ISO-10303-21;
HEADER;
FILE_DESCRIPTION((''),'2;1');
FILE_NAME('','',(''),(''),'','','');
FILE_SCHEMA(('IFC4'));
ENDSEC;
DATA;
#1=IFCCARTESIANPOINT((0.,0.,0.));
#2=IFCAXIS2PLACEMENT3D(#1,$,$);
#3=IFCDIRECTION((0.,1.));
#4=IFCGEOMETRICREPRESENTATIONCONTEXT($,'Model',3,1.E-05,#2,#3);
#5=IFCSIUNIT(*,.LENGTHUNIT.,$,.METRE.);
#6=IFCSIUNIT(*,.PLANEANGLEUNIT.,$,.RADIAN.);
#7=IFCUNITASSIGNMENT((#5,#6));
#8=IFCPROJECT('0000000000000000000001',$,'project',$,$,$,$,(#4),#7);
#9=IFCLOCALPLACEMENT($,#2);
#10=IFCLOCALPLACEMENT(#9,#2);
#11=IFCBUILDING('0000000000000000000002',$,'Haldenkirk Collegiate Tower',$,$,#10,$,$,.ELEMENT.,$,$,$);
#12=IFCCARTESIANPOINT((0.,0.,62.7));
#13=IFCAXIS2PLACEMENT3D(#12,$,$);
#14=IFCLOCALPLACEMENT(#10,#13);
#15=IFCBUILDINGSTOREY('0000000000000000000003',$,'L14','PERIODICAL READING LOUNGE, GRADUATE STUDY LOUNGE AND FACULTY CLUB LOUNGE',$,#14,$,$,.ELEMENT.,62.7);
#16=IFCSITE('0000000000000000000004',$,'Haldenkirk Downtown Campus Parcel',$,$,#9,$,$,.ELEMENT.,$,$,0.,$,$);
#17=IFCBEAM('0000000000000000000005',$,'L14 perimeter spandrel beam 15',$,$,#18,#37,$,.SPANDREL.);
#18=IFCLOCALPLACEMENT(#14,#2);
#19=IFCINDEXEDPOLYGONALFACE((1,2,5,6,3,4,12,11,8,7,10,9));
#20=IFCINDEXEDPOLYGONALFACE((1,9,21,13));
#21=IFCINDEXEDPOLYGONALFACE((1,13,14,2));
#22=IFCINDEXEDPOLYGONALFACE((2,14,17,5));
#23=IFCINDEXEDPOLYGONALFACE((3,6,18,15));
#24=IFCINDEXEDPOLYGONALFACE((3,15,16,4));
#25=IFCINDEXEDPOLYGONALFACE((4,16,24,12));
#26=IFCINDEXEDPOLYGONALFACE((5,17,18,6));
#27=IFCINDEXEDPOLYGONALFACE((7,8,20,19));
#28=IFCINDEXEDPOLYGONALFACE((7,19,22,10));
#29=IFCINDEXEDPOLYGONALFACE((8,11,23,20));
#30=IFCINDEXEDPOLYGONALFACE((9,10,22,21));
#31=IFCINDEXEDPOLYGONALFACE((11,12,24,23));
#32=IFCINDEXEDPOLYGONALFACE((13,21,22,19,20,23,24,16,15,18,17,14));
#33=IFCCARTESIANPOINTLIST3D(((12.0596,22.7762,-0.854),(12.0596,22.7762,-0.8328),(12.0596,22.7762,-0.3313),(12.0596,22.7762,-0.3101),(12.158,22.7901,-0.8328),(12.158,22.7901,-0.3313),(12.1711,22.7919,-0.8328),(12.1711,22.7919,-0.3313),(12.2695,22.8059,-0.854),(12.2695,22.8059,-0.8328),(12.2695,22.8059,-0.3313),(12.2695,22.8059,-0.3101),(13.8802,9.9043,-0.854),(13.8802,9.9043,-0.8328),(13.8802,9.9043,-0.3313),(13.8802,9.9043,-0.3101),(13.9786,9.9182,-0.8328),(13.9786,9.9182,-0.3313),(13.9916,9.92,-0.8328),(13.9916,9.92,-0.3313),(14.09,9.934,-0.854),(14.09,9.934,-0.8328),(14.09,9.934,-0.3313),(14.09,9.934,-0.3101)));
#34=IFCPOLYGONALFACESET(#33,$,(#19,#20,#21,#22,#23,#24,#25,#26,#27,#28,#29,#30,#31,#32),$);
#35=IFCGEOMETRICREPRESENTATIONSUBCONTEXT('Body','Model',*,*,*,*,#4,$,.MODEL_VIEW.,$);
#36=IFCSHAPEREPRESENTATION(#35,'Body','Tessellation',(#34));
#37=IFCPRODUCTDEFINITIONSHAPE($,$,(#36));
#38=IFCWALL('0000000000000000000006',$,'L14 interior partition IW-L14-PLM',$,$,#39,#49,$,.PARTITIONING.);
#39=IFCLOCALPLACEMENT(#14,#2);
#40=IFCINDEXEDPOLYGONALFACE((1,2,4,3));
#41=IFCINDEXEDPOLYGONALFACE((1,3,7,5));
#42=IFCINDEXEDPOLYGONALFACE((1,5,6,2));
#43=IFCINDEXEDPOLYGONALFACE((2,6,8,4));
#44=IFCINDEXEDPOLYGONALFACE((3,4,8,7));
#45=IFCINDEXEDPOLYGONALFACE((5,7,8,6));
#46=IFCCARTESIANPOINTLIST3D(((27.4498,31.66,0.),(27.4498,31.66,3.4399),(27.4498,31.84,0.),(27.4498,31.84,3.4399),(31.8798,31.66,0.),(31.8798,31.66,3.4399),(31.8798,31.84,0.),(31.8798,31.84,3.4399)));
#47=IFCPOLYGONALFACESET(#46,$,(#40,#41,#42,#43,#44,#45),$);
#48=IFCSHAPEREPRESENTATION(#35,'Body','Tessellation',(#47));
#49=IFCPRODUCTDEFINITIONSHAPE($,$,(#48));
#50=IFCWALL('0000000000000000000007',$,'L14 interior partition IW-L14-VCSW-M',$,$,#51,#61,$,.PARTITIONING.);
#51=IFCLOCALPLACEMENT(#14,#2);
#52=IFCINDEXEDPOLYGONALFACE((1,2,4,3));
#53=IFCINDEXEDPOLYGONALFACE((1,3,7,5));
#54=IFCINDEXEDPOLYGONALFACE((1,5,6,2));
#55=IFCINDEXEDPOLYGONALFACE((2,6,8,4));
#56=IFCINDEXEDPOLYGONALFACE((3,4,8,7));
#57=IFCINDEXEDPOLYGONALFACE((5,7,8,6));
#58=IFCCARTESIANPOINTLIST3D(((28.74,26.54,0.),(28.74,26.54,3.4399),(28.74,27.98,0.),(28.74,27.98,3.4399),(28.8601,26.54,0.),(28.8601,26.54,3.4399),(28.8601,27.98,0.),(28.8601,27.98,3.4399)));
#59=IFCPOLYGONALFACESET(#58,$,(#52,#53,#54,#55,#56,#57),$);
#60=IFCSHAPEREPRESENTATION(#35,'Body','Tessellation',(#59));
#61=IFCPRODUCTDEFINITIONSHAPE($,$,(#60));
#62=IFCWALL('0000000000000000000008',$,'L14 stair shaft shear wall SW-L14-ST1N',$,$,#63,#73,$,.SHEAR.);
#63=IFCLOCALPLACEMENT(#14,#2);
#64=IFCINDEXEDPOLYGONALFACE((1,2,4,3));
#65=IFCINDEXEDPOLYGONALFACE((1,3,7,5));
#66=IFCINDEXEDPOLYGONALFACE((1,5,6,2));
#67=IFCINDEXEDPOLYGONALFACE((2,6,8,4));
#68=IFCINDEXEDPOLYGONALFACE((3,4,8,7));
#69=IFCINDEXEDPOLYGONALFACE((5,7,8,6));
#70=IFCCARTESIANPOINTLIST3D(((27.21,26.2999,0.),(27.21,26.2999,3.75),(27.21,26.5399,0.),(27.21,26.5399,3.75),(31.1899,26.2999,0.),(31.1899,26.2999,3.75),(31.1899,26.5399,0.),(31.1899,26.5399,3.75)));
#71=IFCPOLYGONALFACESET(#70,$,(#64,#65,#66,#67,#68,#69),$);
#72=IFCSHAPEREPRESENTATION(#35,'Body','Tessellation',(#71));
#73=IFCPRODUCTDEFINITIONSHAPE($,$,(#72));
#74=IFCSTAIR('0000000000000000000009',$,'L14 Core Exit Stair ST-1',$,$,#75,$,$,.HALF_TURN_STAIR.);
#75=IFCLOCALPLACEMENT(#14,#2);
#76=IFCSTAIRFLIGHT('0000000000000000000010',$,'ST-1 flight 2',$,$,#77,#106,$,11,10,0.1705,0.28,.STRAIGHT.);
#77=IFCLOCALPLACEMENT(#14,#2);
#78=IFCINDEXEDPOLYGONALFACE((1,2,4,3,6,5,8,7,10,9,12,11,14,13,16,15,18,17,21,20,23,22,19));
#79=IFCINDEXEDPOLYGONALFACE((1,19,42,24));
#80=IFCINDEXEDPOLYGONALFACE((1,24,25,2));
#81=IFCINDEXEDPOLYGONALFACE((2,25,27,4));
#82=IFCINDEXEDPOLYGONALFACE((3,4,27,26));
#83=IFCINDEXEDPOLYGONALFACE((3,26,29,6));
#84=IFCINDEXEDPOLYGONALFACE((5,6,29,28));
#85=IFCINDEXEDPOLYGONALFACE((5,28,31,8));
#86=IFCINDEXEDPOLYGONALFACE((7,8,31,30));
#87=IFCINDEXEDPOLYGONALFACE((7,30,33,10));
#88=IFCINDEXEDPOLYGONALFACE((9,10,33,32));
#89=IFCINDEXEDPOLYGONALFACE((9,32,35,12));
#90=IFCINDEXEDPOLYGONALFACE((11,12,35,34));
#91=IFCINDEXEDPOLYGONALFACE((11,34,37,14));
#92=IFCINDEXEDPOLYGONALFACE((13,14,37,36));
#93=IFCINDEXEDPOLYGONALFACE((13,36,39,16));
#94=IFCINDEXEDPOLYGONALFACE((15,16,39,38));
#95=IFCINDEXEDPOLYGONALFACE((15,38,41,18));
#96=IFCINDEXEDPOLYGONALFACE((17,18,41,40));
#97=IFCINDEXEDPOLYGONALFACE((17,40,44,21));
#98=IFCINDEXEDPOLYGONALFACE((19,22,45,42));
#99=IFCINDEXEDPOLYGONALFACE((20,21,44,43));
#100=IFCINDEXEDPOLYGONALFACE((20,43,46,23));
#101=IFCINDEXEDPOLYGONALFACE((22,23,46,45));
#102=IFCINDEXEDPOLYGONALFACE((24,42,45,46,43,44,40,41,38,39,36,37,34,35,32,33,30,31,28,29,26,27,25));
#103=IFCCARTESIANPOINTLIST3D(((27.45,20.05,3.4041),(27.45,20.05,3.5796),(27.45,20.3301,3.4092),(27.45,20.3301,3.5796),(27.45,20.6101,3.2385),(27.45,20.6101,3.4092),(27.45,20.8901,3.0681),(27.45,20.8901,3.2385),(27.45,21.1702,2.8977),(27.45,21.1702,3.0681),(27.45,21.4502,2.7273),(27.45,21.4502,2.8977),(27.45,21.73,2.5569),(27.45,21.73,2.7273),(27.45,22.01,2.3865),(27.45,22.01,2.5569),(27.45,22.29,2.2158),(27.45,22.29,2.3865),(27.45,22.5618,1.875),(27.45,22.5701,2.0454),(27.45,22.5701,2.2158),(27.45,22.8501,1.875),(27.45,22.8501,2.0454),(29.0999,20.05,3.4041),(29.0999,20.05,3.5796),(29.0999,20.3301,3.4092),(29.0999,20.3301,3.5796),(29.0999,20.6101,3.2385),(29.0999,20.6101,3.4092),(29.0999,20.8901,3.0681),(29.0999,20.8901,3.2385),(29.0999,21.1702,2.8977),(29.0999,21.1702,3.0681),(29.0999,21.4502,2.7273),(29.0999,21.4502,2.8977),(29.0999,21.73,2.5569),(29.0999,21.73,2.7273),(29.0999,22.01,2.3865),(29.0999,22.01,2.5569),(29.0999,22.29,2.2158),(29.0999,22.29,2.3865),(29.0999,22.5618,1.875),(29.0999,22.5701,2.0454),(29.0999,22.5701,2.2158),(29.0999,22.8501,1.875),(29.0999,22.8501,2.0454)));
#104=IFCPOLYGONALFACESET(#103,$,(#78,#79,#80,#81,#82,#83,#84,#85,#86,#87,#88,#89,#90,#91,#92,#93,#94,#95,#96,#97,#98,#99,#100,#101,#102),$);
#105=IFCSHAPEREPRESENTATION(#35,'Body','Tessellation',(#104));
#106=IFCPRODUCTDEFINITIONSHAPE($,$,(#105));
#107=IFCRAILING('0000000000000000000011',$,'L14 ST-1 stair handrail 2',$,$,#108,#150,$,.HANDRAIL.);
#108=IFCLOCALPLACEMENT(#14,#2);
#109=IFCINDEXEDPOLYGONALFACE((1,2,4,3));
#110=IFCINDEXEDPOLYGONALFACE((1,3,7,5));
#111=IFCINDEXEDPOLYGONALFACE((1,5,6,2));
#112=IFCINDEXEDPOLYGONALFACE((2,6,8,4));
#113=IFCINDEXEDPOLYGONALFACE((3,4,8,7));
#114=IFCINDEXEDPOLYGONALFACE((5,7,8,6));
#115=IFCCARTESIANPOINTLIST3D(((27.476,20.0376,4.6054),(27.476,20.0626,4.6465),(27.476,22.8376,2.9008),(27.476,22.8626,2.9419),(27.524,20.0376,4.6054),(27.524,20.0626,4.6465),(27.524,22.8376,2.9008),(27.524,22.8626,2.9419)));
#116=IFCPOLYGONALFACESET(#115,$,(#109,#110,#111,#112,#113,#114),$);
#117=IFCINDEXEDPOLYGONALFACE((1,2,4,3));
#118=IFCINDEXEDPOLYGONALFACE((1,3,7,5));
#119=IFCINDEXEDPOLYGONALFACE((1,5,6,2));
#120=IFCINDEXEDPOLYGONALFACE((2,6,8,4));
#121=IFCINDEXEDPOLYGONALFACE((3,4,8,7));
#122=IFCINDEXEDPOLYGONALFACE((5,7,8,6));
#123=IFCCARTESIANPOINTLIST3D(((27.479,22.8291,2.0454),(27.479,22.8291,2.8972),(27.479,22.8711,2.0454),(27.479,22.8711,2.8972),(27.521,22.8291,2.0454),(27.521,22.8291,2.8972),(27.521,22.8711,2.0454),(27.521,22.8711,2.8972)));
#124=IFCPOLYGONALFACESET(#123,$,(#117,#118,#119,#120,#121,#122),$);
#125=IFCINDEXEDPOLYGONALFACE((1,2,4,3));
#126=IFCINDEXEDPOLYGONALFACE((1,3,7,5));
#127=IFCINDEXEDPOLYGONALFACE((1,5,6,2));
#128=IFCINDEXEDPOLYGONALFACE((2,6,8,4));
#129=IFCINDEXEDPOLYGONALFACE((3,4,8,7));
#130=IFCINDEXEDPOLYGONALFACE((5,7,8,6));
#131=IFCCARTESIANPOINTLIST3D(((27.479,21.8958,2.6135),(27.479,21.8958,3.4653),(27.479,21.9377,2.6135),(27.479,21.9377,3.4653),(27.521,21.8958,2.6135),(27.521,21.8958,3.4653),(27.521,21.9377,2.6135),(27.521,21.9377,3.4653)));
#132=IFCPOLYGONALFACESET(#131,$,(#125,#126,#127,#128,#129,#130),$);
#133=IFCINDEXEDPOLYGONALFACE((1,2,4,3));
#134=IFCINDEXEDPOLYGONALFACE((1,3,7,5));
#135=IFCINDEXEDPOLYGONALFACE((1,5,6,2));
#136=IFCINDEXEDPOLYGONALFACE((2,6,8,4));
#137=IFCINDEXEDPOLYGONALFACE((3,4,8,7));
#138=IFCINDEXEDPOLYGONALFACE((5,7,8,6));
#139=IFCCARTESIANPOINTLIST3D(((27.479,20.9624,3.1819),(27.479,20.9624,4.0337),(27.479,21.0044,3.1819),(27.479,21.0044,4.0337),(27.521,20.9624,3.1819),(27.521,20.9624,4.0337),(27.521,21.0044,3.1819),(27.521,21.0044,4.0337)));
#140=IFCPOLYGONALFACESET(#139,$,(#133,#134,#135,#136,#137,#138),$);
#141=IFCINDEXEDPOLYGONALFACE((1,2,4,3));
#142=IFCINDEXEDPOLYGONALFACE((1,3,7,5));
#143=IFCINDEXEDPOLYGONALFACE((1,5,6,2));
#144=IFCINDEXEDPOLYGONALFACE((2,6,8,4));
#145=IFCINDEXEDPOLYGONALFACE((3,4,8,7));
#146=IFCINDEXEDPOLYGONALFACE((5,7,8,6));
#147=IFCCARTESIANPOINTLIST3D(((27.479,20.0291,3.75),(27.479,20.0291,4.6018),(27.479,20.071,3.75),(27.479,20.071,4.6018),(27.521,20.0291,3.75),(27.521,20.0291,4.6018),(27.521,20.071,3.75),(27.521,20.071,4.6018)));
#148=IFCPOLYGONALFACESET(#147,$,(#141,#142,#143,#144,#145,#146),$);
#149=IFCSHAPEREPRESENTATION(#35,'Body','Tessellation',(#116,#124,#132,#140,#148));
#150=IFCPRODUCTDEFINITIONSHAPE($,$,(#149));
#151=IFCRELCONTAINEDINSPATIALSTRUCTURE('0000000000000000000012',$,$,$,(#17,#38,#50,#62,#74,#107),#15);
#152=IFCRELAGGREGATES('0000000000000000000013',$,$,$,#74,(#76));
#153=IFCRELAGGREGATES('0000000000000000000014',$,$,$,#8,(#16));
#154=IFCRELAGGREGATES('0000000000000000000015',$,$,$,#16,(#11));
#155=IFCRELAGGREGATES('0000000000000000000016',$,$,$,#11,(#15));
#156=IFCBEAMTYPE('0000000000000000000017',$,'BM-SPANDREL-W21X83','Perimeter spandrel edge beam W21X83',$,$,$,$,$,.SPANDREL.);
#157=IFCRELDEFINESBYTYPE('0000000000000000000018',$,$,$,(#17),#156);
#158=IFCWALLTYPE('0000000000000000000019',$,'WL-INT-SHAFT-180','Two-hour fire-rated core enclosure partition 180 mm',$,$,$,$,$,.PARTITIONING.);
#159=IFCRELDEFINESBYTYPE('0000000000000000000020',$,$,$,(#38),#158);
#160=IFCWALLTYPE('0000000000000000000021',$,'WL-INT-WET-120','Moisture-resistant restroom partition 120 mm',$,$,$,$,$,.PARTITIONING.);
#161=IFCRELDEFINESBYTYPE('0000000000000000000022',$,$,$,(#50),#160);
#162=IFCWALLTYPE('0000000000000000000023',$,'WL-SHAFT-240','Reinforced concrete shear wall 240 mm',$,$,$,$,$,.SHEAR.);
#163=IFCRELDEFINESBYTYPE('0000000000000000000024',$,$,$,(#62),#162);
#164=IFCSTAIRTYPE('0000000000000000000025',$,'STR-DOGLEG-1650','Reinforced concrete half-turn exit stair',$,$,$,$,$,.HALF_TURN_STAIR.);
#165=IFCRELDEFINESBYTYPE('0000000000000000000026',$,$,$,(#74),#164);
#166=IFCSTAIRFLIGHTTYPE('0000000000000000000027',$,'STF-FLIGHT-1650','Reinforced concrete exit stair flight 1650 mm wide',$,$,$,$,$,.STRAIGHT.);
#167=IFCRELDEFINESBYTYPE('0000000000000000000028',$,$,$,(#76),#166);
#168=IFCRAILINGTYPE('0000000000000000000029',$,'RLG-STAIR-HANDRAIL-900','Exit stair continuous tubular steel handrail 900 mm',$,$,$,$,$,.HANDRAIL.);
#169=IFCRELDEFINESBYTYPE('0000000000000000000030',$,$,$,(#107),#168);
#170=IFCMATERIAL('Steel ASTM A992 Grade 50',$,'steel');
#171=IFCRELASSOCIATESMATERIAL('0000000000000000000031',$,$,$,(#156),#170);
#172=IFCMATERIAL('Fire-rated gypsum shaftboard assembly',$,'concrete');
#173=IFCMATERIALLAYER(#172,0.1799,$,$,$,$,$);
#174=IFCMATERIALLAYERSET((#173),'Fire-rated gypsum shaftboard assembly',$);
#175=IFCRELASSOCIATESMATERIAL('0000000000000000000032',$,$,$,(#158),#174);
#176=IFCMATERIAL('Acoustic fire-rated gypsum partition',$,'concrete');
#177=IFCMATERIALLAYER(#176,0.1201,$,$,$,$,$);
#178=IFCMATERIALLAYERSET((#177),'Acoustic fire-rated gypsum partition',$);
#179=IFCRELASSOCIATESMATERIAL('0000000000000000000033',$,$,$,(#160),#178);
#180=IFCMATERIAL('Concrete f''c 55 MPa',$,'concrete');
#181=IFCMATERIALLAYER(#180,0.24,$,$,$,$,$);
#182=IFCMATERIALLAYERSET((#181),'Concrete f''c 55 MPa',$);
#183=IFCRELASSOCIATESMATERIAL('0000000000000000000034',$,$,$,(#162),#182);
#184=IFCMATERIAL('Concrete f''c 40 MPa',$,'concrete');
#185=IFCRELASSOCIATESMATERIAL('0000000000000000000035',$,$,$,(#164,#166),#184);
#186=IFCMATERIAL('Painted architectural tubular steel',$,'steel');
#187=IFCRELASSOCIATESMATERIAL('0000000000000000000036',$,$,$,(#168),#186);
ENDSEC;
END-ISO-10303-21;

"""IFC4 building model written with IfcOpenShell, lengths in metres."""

from ifc_helpers import new_model, si_unit, direction, frame, frame_2d, origin, origin_2d, place, context, subcontext, project, spatial, polyline, rectangle, i_section, outline, extrude, material, layer, layer_set, material_profile, profile_set, type_object, element, aggregate, save


model = new_model("IFC4")

# Units and contexts
model_context = context("Model", 3, precision=1e-05, world=origin(), true_north=direction((0.0, 1.0)))
body_context = subcontext(model_context, "Body", "Model", "MODEL_VIEW")
ifc_project = project(units=[si_unit("LENGTHUNIT", "METRE"), si_unit("PLANEANGLEUNIT", "RADIAN")], contexts=[model_context])

# Site, building, storey
site_placement = place(None, origin())
site = spatial("IfcSite", under=ifc_project, at=site_placement, Name="Haldenkirk Downtown Campus Parcel", CompositionType="ELEMENT", RefElevation=0.0)
building_placement = place(site_placement, origin())
building = spatial("IfcBuilding", under=site, at=building_placement, Name="Haldenkirk Collegiate Tower", CompositionType="ELEMENT")
storey_placement = place(building_placement, frame((0.0, 0.0, 62.7)))
storey = spatial("IfcBuildingStorey", under=building, at=storey_placement, Name="L14", Description="PERIODICAL READING LOUNGE, GRADUATE STUDY LOUNGE AND FACULTY CLUB LOUNGE", CompositionType="ELEMENT", Elevation=62.7)

# Beam
ifc_material_1 = material(Name="Steel ASTM A992 Grade 50", Category="steel")
ifc_material_profile = material_profile(ifc_material_1, i_section(OverallWidth=0.2119, OverallDepth=0.5439, WebThickness=0.0132, FlangeThickness=0.0212, at=origin_2d()), Name="W21X83")
ifc_profile_set = profile_set([ifc_material_profile], Name="Steel ASTM A992 Grade 50")
beam_type = type_object("IfcBeamType", Name="BM-SPANDREL-W21X83", Description="Perimeter spandrel edge beam W21X83", PredefinedType="SPANDREL", material=ifc_profile_set)
beam_placement = place(storey_placement, frame((12.1646, 22.791, -0.582), z_axis=(0.140044, -0.990145, 0.0), x_axis=(0.990145, 0.140044, 0.0)))
element("IfcBeam", 1, at=beam_placement, inside=storey, type_object=beam_type, Name="L14 perimeter spandrel beam 15", PredefinedType="SPANDREL", context=body_context, shape_type="SweptSolid", body=[
    extrude(i_section(OverallWidth=0.2119, OverallDepth=0.5439, WebThickness=0.0132, FlangeThickness=0.0212, at=origin_2d()), origin(), (0.0, 0.0, 1.0), 13.0),
])

# Shared definitions
ifc_material_2 = material(Name="Acoustic fire-rated gypsum partition", Category="concrete")
ifc_material_3 = material(Name="Fire-rated gypsum shaftboard assembly", Category="concrete")
ifc_layer_1 = layer(ifc_material_3, 0.1799)
ifc_layer_set_1 = layer_set([ifc_layer_1], Name="Fire-rated gypsum shaftboard assembly")
wall_type_1 = type_object("IfcWallType", Name="WL-INT-SHAFT-180", Description="Two-hour fire-rated core enclosure partition 180 mm", PredefinedType="PARTITIONING", material=ifc_layer_set_1)

# Walls
wall_1_placement = place(storey_placement, frame((27.45, 31.75, 0.0), z_axis=(0.0, 0.0, 1.0), x_axis=(1.0, 0.0, 0.0)))
element("IfcWall", 2, at=wall_1_placement, inside=storey, type_object=wall_type_1, Name="L14 interior partition IW-L14-PLM", PredefinedType="PARTITIONING", context=body_context, shape_type="SweptSolid", body=[
    extrude(rectangle(XDim=4.4299, YDim=0.1799, at=frame_2d((2.2148, 0.0))), origin(), (0.0, 0.0, 1.0), 3.4399),
])
ifc_layer_2 = layer(ifc_material_2, 0.1201)
ifc_layer_set_2 = layer_set([ifc_layer_2], Name="Acoustic fire-rated gypsum partition")
wall_type_2 = type_object("IfcWallType", Name="WL-INT-WET-120", Description="Moisture-resistant restroom partition 120 mm", PredefinedType="PARTITIONING", material=ifc_layer_set_2)
wall_2_placement = place(storey_placement, frame((28.8, 26.54, 0.0), z_axis=(0.0, 0.0, 1.0), x_axis=(0.0, 1.0, 0.0)))
element("IfcWall", 3, at=wall_2_placement, inside=storey, type_object=wall_type_2, Name="L14 interior partition IW-L14-VCSW-M", PredefinedType="PARTITIONING", context=body_context, shape_type="SweptSolid", body=[
    extrude(rectangle(XDim=1.4399, YDim=0.1201, at=frame_2d((0.72, 0.0))), origin(), (0.0, 0.0, 1.0), 3.4399),
])
ifc_material_4 = material(Name="Concrete f'c 55 MPa", Category="concrete")
ifc_layer_3 = layer(ifc_material_4, 0.24)
ifc_layer_set_3 = layer_set([ifc_layer_3], Name="Concrete f'c 55 MPa")
wall_type_3 = type_object("IfcWallType", Name="WL-SHAFT-240", Description="Reinforced concrete shear wall 240 mm", PredefinedType="SHEAR", material=ifc_layer_set_3)
wall_3_placement = place(storey_placement, frame((27.21, 26.4199, 0.0), z_axis=(0.0, 0.0, 1.0), x_axis=(1.0, 0.0, 0.0)))
element("IfcWall", 4, at=wall_3_placement, inside=storey, type_object=wall_type_3, Name="L14 stair shaft shear wall SW-L14-ST1N", PredefinedType="SHEAR", context=body_context, shape_type="SweptSolid", body=[
    extrude(rectangle(XDim=3.98, YDim=0.24, at=frame_2d((1.99, 0.0))), origin(), (0.0, 0.0, 1.0), 3.75),
])

# Stair, stair flight
ifc_material_5 = material(Name="Concrete f'c 40 MPa", Category="concrete")
stair_type = type_object("IfcStairType", Name="STR-DOGLEG-1650", Description="Reinforced concrete half-turn exit stair", PredefinedType="HALF_TURN_STAIR", material=ifc_material_5)
stair_placement = place(storey_placement, origin())
stair = element("IfcStair", 5, at=stair_placement, inside=storey, type_object=stair_type, Name="L14 Core Exit Stair ST-1", PredefinedType="HALF_TURN_STAIR")
stair_flight_type = type_object("IfcStairFlightType", Name="STF-FLIGHT-1650", Description="Reinforced concrete exit stair flight 1650 mm wide", PredefinedType="STRAIGHT", material=ifc_material_5)
stair_flight_placement = place(storey_placement, frame((28.2749, 22.8501, 1.875), z_axis=(0.0, 0.0, 1.0), x_axis=(0.0, -1.0, 0.0)))
stair_flight = element("IfcStairFlight", 6, at=stair_flight_placement, type_object=stair_flight_type, Name="ST-1 flight 2", NumberOfRisers=11, NumberOfTreads=10, PredefinedType="STRAIGHT", RiserHeight=0.1705, TreadLength=0.28, context=body_context, shape_type="SweptSolid", body=[
    extrude(outline(polyline([(0.0, 0.0), (0.0, 0.1704), (0.28, 0.1704), (0.28, 0.3408), (0.5601, 0.3408), (0.5601, 0.5115), (0.8401, 0.5115), (0.8401, 0.6819), (1.1201, 0.6819), (1.1201, 0.8523), (1.3999, 0.8523), (1.3999, 1.0227), (1.6799, 1.0227), (1.6799, 1.1931), (1.96, 1.1931), (1.96, 1.3635), (2.24, 1.3635), (2.24, 1.5342), (2.52, 1.5342), (2.52, 1.7046), (2.8, 1.7046), (2.8, 1.875), (2.8, 1.5291), (0.2883, 0.0), (0.0, 0.0)])), frame((0.0, 0.825, 0.0), z_axis=(0.0, -1.0, 0.0), x_axis=(1.0, 0.0, 0.0)), (0.0, 0.0, 1.0), 1.6499),
])
aggregate(stair, [stair_flight])

# Railing
ifc_material_6 = material(Name="Painted architectural tubular steel", Category="steel")
railing_type = type_object("IfcRailingType", Name="RLG-STAIR-HANDRAIL-900", Description="Exit stair continuous tubular steel handrail 900 mm", PredefinedType="HANDRAIL", material=ifc_material_6)
railing_placement = place(storey_placement, frame((27.5, 22.8501, 2.0454)))
element("IfcRailing", 7, at=railing_placement, inside=storey, type_object=railing_type, Name="L14 ST-1 stair handrail 2", PredefinedType="HANDRAIL", context=body_context, shape_type="SweptSolid", body=[
    extrude(rectangle(XDim=0.0481, YDim=0.0481, at=origin_2d()), frame((0.0, 0.0, 0.876), z_axis=(0.0, -0.85417, 0.519994), x_axis=(1.0, 0.0, 0.0)), (0.0, 0.0, 1.0), 3.2781),
    extrude(rectangle(XDim=0.042, YDim=0.042, at=origin_2d()), origin(), (0.0, 0.0, 1.0), 0.8518),
    extrude(rectangle(XDim=0.042, YDim=0.042, at=origin_2d()), frame((0.0, -0.9333, 0.5681)), (0.0, 0.0, 1.0), 0.8518),
    extrude(rectangle(XDim=0.042, YDim=0.042, at=origin_2d()), frame((0.0, -1.8667, 1.1365)), (0.0, 0.0, 1.0), 0.8518),
    extrude(rectangle(XDim=0.042, YDim=0.042, at=origin_2d()), frame((0.0, -2.8, 1.7046)), (0.0, 0.0, 1.0), 0.8518),
])

save(model, "model.ifc")
